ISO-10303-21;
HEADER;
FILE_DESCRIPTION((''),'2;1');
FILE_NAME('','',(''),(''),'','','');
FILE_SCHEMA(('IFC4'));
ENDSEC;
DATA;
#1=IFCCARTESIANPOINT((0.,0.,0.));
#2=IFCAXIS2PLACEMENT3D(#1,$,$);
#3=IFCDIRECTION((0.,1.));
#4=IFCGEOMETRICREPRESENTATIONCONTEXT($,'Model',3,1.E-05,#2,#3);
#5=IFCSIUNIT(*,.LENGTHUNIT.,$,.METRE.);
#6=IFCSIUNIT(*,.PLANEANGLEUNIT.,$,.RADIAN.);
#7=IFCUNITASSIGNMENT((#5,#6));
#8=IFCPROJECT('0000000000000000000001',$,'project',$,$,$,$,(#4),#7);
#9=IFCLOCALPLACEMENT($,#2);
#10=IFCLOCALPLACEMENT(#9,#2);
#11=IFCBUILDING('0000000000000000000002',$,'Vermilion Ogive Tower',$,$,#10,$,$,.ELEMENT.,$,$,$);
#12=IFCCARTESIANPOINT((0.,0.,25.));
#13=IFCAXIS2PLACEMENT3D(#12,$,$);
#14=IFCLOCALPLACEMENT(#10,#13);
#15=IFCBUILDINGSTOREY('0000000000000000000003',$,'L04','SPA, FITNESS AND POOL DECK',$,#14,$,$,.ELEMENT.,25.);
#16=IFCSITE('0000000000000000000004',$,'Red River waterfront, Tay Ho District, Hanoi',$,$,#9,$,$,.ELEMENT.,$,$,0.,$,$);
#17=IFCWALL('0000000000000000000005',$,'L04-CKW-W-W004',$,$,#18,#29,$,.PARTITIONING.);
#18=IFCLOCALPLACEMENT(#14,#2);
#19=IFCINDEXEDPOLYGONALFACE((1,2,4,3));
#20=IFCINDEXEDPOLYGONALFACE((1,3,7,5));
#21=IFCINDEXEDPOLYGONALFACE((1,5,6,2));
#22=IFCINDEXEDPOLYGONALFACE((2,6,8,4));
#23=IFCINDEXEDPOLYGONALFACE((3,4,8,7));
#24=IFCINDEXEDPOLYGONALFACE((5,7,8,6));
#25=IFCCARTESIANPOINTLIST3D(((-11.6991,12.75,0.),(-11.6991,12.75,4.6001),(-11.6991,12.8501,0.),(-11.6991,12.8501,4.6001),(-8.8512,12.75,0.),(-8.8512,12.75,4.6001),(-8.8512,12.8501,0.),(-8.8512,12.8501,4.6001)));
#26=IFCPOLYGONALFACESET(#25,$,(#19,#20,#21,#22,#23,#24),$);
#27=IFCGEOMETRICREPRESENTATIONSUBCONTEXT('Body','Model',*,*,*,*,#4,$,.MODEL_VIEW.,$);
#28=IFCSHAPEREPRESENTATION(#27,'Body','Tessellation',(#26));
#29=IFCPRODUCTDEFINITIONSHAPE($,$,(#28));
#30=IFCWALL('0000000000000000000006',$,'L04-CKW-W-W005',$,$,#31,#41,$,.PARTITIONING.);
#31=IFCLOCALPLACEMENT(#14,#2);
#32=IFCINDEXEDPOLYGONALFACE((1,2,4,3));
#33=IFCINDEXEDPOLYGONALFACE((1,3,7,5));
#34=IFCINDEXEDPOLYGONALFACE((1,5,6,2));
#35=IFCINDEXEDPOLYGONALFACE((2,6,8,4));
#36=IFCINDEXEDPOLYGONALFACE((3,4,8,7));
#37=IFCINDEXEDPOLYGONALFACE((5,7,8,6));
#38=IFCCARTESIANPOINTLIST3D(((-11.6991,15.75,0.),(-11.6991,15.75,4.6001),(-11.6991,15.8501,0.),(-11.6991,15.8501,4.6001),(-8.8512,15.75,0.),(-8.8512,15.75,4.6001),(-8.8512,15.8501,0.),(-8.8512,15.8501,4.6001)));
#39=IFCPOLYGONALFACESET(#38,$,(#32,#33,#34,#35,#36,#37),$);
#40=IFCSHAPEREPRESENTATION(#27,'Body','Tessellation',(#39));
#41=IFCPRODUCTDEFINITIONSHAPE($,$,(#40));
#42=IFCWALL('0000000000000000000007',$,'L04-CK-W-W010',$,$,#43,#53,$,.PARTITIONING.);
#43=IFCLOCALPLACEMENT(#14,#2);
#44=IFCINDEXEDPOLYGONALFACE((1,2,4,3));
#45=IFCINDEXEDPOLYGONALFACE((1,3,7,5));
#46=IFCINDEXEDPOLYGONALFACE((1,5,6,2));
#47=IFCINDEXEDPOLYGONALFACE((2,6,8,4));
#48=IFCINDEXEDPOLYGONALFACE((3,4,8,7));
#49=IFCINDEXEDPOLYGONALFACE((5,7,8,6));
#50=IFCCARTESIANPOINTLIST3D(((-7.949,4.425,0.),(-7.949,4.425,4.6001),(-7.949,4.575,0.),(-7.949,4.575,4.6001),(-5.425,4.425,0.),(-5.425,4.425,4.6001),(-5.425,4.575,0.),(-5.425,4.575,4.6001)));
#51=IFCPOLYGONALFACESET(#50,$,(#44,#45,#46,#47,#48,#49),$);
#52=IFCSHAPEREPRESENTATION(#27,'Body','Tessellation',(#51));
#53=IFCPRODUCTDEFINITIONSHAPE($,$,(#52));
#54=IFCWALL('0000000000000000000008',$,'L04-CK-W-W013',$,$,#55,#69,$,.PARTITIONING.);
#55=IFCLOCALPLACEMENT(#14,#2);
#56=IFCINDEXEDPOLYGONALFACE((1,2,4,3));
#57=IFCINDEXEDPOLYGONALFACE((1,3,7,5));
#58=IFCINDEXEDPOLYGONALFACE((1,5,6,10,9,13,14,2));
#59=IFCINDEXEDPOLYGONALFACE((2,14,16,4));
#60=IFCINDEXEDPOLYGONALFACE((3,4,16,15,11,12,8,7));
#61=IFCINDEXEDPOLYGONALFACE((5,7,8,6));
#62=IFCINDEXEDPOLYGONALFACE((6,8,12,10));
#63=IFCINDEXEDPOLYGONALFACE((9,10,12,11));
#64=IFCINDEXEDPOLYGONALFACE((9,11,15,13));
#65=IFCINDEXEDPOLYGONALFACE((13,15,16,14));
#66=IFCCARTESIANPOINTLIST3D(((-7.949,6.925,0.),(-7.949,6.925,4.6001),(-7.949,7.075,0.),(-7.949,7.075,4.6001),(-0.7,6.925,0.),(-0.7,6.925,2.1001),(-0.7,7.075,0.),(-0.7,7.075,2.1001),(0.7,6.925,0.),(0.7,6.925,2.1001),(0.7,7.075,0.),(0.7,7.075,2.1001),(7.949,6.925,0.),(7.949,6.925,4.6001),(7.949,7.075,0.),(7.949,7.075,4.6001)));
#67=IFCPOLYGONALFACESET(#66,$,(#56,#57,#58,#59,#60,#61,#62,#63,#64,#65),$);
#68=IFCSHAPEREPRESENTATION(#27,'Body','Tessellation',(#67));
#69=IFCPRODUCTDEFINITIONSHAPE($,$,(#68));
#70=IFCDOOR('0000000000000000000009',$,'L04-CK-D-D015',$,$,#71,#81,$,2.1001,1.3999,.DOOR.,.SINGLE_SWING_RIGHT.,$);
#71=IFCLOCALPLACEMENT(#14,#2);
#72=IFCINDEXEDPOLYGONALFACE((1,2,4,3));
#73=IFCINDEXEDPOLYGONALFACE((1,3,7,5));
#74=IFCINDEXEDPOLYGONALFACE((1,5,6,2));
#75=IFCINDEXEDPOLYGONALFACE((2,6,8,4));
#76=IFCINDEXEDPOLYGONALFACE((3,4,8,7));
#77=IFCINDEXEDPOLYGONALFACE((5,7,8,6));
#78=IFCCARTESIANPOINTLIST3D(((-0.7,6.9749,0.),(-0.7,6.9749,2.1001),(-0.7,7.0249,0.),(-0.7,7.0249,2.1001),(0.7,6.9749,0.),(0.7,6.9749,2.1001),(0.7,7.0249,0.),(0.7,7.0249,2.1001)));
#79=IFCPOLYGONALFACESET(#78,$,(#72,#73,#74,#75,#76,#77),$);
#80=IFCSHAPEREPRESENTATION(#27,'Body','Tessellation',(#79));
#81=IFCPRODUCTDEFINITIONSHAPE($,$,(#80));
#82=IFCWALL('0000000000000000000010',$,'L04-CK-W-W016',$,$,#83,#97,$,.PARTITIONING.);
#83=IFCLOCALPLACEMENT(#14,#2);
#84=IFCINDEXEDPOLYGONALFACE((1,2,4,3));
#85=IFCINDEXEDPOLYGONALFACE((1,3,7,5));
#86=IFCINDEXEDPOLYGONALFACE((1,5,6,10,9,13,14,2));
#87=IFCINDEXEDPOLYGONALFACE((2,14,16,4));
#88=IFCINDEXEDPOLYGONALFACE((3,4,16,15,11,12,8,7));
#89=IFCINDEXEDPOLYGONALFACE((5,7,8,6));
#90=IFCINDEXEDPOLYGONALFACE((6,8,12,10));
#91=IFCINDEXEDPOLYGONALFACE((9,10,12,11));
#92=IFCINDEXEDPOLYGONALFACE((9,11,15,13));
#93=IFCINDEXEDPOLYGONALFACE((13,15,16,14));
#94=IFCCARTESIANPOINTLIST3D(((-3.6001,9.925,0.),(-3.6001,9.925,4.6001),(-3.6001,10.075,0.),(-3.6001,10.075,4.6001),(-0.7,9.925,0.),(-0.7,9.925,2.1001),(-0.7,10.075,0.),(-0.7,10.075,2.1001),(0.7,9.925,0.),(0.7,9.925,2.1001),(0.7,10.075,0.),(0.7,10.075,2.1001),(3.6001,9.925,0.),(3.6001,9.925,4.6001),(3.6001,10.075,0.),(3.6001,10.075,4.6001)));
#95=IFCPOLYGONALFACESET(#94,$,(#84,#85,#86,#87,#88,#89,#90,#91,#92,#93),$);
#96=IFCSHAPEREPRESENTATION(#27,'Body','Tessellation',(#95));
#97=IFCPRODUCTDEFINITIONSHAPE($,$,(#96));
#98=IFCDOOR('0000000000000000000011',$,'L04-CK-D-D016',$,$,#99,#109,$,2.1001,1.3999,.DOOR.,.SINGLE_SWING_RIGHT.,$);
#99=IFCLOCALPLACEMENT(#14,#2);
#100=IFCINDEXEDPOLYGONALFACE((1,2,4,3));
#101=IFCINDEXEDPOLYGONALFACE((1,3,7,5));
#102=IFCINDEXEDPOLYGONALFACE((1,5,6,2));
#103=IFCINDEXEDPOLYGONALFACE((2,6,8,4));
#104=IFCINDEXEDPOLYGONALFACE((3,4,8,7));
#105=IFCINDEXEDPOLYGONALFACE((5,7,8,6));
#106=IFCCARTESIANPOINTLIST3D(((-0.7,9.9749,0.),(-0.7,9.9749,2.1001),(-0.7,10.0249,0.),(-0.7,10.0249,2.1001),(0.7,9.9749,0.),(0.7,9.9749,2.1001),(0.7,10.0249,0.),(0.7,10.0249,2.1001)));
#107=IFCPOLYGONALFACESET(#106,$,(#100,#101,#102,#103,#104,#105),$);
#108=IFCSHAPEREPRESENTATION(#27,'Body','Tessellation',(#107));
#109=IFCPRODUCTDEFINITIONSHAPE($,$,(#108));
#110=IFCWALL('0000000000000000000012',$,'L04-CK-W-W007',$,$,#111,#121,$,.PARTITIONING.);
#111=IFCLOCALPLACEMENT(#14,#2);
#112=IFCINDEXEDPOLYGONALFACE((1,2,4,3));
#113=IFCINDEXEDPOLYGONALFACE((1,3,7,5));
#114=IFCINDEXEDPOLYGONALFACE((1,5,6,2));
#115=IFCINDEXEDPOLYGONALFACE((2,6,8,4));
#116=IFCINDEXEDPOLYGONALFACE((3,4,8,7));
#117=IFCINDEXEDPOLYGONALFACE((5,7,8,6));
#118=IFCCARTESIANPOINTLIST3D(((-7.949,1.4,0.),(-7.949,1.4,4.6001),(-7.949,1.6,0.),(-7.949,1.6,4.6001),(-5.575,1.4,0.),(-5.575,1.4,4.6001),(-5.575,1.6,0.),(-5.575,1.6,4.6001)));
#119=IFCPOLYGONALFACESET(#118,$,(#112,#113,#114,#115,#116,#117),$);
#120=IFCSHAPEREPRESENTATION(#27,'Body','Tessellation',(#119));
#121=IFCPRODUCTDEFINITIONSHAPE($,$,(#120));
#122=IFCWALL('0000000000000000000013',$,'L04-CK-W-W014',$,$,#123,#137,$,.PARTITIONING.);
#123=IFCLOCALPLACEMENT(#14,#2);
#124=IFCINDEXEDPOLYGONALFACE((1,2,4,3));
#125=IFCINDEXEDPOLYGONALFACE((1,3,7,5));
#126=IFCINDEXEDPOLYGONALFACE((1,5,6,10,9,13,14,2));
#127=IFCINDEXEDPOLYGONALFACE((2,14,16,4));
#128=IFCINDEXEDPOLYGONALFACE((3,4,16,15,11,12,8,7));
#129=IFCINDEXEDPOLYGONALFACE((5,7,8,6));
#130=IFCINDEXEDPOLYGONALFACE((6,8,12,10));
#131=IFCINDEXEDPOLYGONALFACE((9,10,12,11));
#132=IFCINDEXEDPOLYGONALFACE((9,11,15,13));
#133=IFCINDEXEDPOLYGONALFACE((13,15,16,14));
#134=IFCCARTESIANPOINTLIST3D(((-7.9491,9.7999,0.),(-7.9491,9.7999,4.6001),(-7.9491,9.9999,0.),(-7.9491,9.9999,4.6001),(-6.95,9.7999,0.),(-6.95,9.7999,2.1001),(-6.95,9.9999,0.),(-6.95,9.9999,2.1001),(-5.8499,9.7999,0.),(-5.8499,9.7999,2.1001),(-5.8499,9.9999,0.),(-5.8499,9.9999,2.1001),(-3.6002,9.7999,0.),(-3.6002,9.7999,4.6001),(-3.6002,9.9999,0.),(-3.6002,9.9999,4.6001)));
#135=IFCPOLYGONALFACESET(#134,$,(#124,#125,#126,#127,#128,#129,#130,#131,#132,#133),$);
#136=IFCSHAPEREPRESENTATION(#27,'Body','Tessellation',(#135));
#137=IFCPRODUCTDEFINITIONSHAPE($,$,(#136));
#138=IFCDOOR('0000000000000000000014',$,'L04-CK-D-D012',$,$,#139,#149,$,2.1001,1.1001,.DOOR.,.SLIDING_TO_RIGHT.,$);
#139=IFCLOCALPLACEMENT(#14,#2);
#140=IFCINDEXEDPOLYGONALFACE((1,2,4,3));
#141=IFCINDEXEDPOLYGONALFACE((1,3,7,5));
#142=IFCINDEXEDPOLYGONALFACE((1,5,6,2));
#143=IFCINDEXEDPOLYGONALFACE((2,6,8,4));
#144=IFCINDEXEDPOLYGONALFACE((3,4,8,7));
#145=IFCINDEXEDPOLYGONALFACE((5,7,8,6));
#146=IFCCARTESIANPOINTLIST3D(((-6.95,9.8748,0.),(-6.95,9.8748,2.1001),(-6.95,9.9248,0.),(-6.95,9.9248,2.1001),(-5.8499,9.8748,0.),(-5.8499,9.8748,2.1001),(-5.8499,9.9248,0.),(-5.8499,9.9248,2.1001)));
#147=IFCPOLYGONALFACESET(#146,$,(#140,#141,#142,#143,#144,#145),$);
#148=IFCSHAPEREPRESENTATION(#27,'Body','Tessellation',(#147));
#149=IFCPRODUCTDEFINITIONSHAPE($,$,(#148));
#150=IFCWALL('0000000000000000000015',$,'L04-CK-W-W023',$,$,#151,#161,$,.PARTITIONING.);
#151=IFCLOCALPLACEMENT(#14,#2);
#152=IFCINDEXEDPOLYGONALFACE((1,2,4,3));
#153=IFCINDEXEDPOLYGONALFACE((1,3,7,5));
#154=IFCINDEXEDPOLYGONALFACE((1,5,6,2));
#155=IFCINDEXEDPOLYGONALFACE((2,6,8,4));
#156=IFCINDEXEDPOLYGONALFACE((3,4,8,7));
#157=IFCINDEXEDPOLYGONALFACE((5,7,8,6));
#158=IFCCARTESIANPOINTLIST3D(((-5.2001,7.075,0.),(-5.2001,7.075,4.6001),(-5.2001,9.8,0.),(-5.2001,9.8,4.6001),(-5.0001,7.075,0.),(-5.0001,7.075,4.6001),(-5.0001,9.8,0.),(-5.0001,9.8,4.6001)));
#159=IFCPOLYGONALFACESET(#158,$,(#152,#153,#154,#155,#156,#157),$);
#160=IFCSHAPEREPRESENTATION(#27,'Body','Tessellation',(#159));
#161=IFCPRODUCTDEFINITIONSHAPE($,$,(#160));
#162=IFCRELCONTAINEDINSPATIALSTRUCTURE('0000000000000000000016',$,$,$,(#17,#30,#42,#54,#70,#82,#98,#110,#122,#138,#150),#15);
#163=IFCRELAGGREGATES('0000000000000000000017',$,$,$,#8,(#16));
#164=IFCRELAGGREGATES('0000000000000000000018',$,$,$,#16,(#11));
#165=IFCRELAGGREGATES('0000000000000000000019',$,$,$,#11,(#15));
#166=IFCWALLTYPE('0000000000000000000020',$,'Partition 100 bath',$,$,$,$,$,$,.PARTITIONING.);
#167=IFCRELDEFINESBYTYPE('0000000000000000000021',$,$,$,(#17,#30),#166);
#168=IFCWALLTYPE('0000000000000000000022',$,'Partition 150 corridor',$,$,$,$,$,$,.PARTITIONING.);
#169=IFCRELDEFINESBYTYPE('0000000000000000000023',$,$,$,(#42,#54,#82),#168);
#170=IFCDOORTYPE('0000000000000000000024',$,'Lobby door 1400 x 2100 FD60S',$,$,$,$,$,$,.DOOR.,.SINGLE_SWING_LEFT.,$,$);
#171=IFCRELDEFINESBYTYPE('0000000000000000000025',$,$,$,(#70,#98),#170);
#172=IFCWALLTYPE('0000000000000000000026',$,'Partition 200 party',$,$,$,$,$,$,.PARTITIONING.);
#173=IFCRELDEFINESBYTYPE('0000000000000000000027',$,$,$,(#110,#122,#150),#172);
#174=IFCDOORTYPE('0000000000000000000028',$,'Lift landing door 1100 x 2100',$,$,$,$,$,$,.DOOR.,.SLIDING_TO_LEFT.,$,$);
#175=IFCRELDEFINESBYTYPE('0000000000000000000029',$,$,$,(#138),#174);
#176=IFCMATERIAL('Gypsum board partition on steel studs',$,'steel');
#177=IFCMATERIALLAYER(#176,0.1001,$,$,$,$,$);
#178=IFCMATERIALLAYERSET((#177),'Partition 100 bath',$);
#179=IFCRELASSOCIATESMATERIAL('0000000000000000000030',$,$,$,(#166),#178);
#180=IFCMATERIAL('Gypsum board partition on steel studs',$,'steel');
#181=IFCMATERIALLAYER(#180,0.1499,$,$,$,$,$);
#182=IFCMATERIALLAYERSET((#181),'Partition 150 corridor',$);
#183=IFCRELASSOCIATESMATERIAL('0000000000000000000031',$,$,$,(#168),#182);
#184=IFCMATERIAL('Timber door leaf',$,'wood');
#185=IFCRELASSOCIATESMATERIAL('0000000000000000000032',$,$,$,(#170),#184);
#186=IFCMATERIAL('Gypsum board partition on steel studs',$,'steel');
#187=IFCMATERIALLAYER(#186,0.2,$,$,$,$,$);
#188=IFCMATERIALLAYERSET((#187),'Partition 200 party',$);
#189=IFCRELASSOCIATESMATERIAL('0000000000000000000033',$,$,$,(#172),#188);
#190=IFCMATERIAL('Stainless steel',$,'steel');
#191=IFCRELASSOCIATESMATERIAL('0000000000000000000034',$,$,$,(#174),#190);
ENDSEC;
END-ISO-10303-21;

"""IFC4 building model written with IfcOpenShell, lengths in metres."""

from ifc_helpers import new_model, si_unit, direction, frame, frame_2d, origin, place, context, subcontext, project, spatial, rectangle, extrude, material, layer, layer_set, type_object, element, fill, save


model = new_model("IFC4")

# Units and contexts
model_context = context("Model", 3, precision=1e-05, world=origin(), true_north=direction((0.0, 1.0)))
body_context = subcontext(model_context, "Body", "Model", "MODEL_VIEW")
ifc_project = project(units=[si_unit("LENGTHUNIT", "METRE"), si_unit("PLANEANGLEUNIT", "RADIAN")], contexts=[model_context])

# Site, building, storey
site_placement = place(None, origin())
site = spatial("IfcSite", under=ifc_project, at=site_placement, Name="Red River waterfront, Tay Ho District, Hanoi", CompositionType="ELEMENT", RefElevation=0.0)
building_placement = place(site_placement, origin())
building = spatial("IfcBuilding", under=site, at=building_placement, Name="Vermilion Ogive Tower", CompositionType="ELEMENT")
storey_placement = place(building_placement, frame((0.0, 0.0, 25.0)))
storey = spatial("IfcBuildingStorey", under=building, at=storey_placement, Name="L04", Description="SPA, FITNESS AND POOL DECK", CompositionType="ELEMENT", Elevation=25.0)

# Walls
ifc_material_1 = material(Name="Gypsum board partition on steel studs", Category="steel")
ifc_layer_1 = layer(ifc_material_1, 0.1001)
ifc_layer_set_1 = layer_set([ifc_layer_1], Name="Partition 100 bath")
wall_type_1 = type_object("IfcWallType", Name="Partition 100 bath", PredefinedType="PARTITIONING", material=ifc_layer_set_1)
for number, where, z_axis, x_axis, name in (
    (1, (-11.699, 12.8, 0.0), (0.0, 0.0, 1.0), (1.0, 0.0, 0.0), "L04-CKW-W-W004"),
    (2, (-11.699, 15.8, 0.0), (0.0, 0.0, 1.0), (1.0, 0.0, 0.0), "L04-CKW-W-W005"),
):
    element("IfcWall", number, at=place(storey_placement, frame(where, z_axis=z_axis, x_axis=x_axis)), inside=storey, type_object=wall_type_1, Name=name, PredefinedType="PARTITIONING", context=body_context, shape_type="SweptSolid", body=[
        extrude(rectangle(XDim=2.8479, YDim=0.1001, at=frame_2d((1.4238, 0.0))), origin(), (0.0, 0.0, 1.0), 4.6001),
    ])
ifc_material_2 = material(Name="Gypsum board partition on steel studs", Category="steel")
ifc_layer_2 = layer(ifc_material_2, 0.1499)
ifc_layer_set_2 = layer_set([ifc_layer_2], Name="Partition 150 corridor")
wall_type_2 = type_object("IfcWallType", Name="Partition 150 corridor", PredefinedType="PARTITIONING", material=ifc_layer_set_2)
wall_1_placement = place(storey_placement, frame((-7.949, 4.5, 0.0), z_axis=(0.0, 0.0, 1.0), x_axis=(1.0, 0.0, 0.0)))
element("IfcWall", 3, at=wall_1_placement, inside=storey, type_object=wall_type_2, Name="L04-CK-W-W010", PredefinedType="PARTITIONING", context=body_context, shape_type="SweptSolid", body=[
    extrude(rectangle(XDim=2.5239, YDim=0.1499, at=frame_2d((1.262, 0.0))), origin(), (0.0, 0.0, 1.0), 4.6001),
])

# Walls, openings, doors
wall_2_placement = place(storey_placement, frame((-7.949, 7.0, 0.0), z_axis=(0.0, 0.0, 1.0), x_axis=(1.0, 0.0, 0.0)))
wall_2 = element("IfcWall", 4, at=wall_2_placement, inside=storey, type_object=wall_type_2, Name="L04-CK-W-W013", PredefinedType="PARTITIONING", context=body_context, shape_type="SweptSolid", body=[
    extrude(rectangle(XDim=15.8979, YDim=0.1499, at=frame_2d((7.949, 0.0))), origin(), (0.0, 0.0, 1.0), 4.6001),
])
opening_1_placement = place(wall_2_placement, frame((7.249, 0.0, 0.0)))
opening_1 = element("IfcOpeningElement", 5, at=opening_1_placement, cuts=wall_2, PredefinedType="OPENING", context=body_context, shape_type="SweptSolid", body=[
    extrude(rectangle(XDim=1.3999, YDim=2.1001, at=frame_2d((0.7, 1.05))), frame((0.0, 0.085, 0.0), z_axis=(0.0, -1.0, 0.0), x_axis=(1.0, 0.0, 0.0)), (0.0, 0.0, 1.0), 0.1699),
])
ifc_material_3 = material(Name="Timber door leaf", Category="wood")
door_type_1 = type_object("IfcDoorType", Name="Lobby door 1400 x 2100 FD60S", OperationType="SINGLE_SWING_LEFT", PredefinedType="DOOR", material=ifc_material_3)
door_1_placement = place(opening_1_placement, origin())
door_1 = element("IfcDoor", 6, at=door_1_placement, inside=storey, type_object=door_type_1, Name="L04-CK-D-D015", OperationType="SINGLE_SWING_RIGHT", OverallHeight=2.1001, OverallWidth=1.3999, PredefinedType="DOOR", context=body_context, shape_type="SweptSolid", body=[
    extrude(rectangle(XDim=1.3999, YDim=2.1001, at=frame_2d((0.7, 1.05))), frame((0.0, 0.0249, 0.0), z_axis=(0.0, -1.0, 0.0), x_axis=(1.0, 0.0, 0.0)), (0.0, 0.0, 1.0), 0.05),
])
fill(opening_1, door_1)
wall_3_placement = place(storey_placement, frame((-3.6001, 10.0, 0.0), z_axis=(0.0, 0.0, 1.0), x_axis=(1.0, 0.0, 0.0)))
wall_3 = element("IfcWall", 7, at=wall_3_placement, inside=storey, type_object=wall_type_2, Name="L04-CK-W-W016", PredefinedType="PARTITIONING", context=body_context, shape_type="SweptSolid", body=[
    extrude(rectangle(XDim=7.2002, YDim=0.1499, at=frame_2d((3.6001, 0.0))), origin(), (0.0, 0.0, 1.0), 4.6001),
])
opening_2_placement = place(wall_3_placement, frame((2.9001, 0.0, 0.0)))
opening_2 = element("IfcOpeningElement", 8, at=opening_2_placement, cuts=wall_3, PredefinedType="OPENING", context=body_context, shape_type="SweptSolid", body=[
    extrude(rectangle(XDim=1.3999, YDim=2.1001, at=frame_2d((0.7, 1.05))), frame((0.0, 0.085, 0.0), z_axis=(0.0, -1.0, 0.0), x_axis=(1.0, 0.0, 0.0)), (0.0, 0.0, 1.0), 0.1699),
])
door_2_placement = place(opening_2_placement, origin())
door_2 = element("IfcDoor", 9, at=door_2_placement, inside=storey, type_object=door_type_1, Name="L04-CK-D-D016", OperationType="SINGLE_SWING_RIGHT", OverallHeight=2.1001, OverallWidth=1.3999, PredefinedType="DOOR", context=body_context, shape_type="SweptSolid", body=[
    extrude(rectangle(XDim=1.3999, YDim=2.1001, at=frame_2d((0.7, 1.05))), frame((0.0, 0.0249, 0.0), z_axis=(0.0, -1.0, 0.0), x_axis=(1.0, 0.0, 0.0)), (0.0, 0.0, 1.0), 0.05),
])
fill(opening_2, door_2)

# Wall
ifc_material_4 = material(Name="Gypsum board partition on steel studs", Category="steel")
ifc_layer_3 = layer(ifc_material_4, 0.2)
ifc_layer_set_3 = layer_set([ifc_layer_3], Name="Partition 200 party")
wall_type_3 = type_object("IfcWallType", Name="Partition 200 party", PredefinedType="PARTITIONING", material=ifc_layer_set_3)
wall_4_placement = place(storey_placement, frame((-7.949, 1.5, 0.0), z_axis=(0.0, 0.0, 1.0), x_axis=(1.0, 0.0, 0.0)))
element("IfcWall", 10, at=wall_4_placement, inside=storey, type_object=wall_type_3, Name="L04-CK-W-W007", PredefinedType="PARTITIONING", context=body_context, shape_type="SweptSolid", body=[
    extrude(rectangle(XDim=2.374, YDim=0.2, at=frame_2d((1.187, 0.0))), origin(), (0.0, 0.0, 1.0), 4.6001),
])

# Wall, opening, door
wall_5_placement = place(storey_placement, frame((-7.949, 9.8999, 0.0), z_axis=(0.0, 0.0, 1.0), x_axis=(1.0, 0.0, 0.0)))
wall_5 = element("IfcWall", 11, at=wall_5_placement, inside=storey, type_object=wall_type_3, Name="L04-CK-W-W014", PredefinedType="PARTITIONING", context=body_context, shape_type="SweptSolid", body=[
    extrude(rectangle(XDim=4.3489, YDim=0.2, at=frame_2d((2.1743, 0.0))), origin(), (0.0, 0.0, 1.0), 4.6001),
])
opening_3_placement = place(wall_5_placement, frame((0.999, 0.0, 0.0)))
opening_3 = element("IfcOpeningElement", 12, at=opening_3_placement, cuts=wall_5, PredefinedType="OPENING", context=body_context, shape_type="SweptSolid", body=[
    extrude(rectangle(XDim=1.1001, YDim=2.1001, at=frame_2d((0.55, 1.05))), frame((0.0, 0.1099, 0.0), z_axis=(0.0, -1.0, 0.0), x_axis=(1.0, 0.0, 0.0)), (0.0, 0.0, 1.0), 0.22),
])
ifc_material_5 = material(Name="Stainless steel", Category="steel")
door_type_2 = type_object("IfcDoorType", Name="Lift landing door 1100 x 2100", OperationType="SLIDING_TO_LEFT", PredefinedType="DOOR", material=ifc_material_5)
door_3_placement = place(opening_3_placement, origin())
door_3 = element("IfcDoor", 13, at=door_3_placement, inside=storey, type_object=door_type_2, Name="L04-CK-D-D012", OperationType="SLIDING_TO_RIGHT", OverallHeight=2.1001, OverallWidth=1.1001, PredefinedType="DOOR", context=body_context, shape_type="SweptSolid", body=[
    extrude(rectangle(XDim=1.1001, YDim=2.1001, at=frame_2d((0.55, 1.05))), frame((0.0, 0.0249, 0.0), z_axis=(0.0, -1.0, 0.0), x_axis=(1.0, 0.0, 0.0)), (0.0, 0.0, 1.0), 0.05),
])
fill(opening_3, door_3)

# Wall
wall_6_placement = place(storey_placement, frame((-5.1001, 7.075, 0.0), z_axis=(0.0, 0.0, 1.0), x_axis=(0.0, 1.0, 0.0)))
element("IfcWall", 14, at=wall_6_placement, inside=storey, type_object=wall_type_3, Name="L04-CK-W-W023", PredefinedType="PARTITIONING", context=body_context, shape_type="SweptSolid", body=[
    extrude(rectangle(XDim=2.7251, YDim=0.2, at=frame_2d((1.3625, 0.0))), origin(), (0.0, 0.0, 1.0), 4.6001),
])

save(model, "model.ifc")
